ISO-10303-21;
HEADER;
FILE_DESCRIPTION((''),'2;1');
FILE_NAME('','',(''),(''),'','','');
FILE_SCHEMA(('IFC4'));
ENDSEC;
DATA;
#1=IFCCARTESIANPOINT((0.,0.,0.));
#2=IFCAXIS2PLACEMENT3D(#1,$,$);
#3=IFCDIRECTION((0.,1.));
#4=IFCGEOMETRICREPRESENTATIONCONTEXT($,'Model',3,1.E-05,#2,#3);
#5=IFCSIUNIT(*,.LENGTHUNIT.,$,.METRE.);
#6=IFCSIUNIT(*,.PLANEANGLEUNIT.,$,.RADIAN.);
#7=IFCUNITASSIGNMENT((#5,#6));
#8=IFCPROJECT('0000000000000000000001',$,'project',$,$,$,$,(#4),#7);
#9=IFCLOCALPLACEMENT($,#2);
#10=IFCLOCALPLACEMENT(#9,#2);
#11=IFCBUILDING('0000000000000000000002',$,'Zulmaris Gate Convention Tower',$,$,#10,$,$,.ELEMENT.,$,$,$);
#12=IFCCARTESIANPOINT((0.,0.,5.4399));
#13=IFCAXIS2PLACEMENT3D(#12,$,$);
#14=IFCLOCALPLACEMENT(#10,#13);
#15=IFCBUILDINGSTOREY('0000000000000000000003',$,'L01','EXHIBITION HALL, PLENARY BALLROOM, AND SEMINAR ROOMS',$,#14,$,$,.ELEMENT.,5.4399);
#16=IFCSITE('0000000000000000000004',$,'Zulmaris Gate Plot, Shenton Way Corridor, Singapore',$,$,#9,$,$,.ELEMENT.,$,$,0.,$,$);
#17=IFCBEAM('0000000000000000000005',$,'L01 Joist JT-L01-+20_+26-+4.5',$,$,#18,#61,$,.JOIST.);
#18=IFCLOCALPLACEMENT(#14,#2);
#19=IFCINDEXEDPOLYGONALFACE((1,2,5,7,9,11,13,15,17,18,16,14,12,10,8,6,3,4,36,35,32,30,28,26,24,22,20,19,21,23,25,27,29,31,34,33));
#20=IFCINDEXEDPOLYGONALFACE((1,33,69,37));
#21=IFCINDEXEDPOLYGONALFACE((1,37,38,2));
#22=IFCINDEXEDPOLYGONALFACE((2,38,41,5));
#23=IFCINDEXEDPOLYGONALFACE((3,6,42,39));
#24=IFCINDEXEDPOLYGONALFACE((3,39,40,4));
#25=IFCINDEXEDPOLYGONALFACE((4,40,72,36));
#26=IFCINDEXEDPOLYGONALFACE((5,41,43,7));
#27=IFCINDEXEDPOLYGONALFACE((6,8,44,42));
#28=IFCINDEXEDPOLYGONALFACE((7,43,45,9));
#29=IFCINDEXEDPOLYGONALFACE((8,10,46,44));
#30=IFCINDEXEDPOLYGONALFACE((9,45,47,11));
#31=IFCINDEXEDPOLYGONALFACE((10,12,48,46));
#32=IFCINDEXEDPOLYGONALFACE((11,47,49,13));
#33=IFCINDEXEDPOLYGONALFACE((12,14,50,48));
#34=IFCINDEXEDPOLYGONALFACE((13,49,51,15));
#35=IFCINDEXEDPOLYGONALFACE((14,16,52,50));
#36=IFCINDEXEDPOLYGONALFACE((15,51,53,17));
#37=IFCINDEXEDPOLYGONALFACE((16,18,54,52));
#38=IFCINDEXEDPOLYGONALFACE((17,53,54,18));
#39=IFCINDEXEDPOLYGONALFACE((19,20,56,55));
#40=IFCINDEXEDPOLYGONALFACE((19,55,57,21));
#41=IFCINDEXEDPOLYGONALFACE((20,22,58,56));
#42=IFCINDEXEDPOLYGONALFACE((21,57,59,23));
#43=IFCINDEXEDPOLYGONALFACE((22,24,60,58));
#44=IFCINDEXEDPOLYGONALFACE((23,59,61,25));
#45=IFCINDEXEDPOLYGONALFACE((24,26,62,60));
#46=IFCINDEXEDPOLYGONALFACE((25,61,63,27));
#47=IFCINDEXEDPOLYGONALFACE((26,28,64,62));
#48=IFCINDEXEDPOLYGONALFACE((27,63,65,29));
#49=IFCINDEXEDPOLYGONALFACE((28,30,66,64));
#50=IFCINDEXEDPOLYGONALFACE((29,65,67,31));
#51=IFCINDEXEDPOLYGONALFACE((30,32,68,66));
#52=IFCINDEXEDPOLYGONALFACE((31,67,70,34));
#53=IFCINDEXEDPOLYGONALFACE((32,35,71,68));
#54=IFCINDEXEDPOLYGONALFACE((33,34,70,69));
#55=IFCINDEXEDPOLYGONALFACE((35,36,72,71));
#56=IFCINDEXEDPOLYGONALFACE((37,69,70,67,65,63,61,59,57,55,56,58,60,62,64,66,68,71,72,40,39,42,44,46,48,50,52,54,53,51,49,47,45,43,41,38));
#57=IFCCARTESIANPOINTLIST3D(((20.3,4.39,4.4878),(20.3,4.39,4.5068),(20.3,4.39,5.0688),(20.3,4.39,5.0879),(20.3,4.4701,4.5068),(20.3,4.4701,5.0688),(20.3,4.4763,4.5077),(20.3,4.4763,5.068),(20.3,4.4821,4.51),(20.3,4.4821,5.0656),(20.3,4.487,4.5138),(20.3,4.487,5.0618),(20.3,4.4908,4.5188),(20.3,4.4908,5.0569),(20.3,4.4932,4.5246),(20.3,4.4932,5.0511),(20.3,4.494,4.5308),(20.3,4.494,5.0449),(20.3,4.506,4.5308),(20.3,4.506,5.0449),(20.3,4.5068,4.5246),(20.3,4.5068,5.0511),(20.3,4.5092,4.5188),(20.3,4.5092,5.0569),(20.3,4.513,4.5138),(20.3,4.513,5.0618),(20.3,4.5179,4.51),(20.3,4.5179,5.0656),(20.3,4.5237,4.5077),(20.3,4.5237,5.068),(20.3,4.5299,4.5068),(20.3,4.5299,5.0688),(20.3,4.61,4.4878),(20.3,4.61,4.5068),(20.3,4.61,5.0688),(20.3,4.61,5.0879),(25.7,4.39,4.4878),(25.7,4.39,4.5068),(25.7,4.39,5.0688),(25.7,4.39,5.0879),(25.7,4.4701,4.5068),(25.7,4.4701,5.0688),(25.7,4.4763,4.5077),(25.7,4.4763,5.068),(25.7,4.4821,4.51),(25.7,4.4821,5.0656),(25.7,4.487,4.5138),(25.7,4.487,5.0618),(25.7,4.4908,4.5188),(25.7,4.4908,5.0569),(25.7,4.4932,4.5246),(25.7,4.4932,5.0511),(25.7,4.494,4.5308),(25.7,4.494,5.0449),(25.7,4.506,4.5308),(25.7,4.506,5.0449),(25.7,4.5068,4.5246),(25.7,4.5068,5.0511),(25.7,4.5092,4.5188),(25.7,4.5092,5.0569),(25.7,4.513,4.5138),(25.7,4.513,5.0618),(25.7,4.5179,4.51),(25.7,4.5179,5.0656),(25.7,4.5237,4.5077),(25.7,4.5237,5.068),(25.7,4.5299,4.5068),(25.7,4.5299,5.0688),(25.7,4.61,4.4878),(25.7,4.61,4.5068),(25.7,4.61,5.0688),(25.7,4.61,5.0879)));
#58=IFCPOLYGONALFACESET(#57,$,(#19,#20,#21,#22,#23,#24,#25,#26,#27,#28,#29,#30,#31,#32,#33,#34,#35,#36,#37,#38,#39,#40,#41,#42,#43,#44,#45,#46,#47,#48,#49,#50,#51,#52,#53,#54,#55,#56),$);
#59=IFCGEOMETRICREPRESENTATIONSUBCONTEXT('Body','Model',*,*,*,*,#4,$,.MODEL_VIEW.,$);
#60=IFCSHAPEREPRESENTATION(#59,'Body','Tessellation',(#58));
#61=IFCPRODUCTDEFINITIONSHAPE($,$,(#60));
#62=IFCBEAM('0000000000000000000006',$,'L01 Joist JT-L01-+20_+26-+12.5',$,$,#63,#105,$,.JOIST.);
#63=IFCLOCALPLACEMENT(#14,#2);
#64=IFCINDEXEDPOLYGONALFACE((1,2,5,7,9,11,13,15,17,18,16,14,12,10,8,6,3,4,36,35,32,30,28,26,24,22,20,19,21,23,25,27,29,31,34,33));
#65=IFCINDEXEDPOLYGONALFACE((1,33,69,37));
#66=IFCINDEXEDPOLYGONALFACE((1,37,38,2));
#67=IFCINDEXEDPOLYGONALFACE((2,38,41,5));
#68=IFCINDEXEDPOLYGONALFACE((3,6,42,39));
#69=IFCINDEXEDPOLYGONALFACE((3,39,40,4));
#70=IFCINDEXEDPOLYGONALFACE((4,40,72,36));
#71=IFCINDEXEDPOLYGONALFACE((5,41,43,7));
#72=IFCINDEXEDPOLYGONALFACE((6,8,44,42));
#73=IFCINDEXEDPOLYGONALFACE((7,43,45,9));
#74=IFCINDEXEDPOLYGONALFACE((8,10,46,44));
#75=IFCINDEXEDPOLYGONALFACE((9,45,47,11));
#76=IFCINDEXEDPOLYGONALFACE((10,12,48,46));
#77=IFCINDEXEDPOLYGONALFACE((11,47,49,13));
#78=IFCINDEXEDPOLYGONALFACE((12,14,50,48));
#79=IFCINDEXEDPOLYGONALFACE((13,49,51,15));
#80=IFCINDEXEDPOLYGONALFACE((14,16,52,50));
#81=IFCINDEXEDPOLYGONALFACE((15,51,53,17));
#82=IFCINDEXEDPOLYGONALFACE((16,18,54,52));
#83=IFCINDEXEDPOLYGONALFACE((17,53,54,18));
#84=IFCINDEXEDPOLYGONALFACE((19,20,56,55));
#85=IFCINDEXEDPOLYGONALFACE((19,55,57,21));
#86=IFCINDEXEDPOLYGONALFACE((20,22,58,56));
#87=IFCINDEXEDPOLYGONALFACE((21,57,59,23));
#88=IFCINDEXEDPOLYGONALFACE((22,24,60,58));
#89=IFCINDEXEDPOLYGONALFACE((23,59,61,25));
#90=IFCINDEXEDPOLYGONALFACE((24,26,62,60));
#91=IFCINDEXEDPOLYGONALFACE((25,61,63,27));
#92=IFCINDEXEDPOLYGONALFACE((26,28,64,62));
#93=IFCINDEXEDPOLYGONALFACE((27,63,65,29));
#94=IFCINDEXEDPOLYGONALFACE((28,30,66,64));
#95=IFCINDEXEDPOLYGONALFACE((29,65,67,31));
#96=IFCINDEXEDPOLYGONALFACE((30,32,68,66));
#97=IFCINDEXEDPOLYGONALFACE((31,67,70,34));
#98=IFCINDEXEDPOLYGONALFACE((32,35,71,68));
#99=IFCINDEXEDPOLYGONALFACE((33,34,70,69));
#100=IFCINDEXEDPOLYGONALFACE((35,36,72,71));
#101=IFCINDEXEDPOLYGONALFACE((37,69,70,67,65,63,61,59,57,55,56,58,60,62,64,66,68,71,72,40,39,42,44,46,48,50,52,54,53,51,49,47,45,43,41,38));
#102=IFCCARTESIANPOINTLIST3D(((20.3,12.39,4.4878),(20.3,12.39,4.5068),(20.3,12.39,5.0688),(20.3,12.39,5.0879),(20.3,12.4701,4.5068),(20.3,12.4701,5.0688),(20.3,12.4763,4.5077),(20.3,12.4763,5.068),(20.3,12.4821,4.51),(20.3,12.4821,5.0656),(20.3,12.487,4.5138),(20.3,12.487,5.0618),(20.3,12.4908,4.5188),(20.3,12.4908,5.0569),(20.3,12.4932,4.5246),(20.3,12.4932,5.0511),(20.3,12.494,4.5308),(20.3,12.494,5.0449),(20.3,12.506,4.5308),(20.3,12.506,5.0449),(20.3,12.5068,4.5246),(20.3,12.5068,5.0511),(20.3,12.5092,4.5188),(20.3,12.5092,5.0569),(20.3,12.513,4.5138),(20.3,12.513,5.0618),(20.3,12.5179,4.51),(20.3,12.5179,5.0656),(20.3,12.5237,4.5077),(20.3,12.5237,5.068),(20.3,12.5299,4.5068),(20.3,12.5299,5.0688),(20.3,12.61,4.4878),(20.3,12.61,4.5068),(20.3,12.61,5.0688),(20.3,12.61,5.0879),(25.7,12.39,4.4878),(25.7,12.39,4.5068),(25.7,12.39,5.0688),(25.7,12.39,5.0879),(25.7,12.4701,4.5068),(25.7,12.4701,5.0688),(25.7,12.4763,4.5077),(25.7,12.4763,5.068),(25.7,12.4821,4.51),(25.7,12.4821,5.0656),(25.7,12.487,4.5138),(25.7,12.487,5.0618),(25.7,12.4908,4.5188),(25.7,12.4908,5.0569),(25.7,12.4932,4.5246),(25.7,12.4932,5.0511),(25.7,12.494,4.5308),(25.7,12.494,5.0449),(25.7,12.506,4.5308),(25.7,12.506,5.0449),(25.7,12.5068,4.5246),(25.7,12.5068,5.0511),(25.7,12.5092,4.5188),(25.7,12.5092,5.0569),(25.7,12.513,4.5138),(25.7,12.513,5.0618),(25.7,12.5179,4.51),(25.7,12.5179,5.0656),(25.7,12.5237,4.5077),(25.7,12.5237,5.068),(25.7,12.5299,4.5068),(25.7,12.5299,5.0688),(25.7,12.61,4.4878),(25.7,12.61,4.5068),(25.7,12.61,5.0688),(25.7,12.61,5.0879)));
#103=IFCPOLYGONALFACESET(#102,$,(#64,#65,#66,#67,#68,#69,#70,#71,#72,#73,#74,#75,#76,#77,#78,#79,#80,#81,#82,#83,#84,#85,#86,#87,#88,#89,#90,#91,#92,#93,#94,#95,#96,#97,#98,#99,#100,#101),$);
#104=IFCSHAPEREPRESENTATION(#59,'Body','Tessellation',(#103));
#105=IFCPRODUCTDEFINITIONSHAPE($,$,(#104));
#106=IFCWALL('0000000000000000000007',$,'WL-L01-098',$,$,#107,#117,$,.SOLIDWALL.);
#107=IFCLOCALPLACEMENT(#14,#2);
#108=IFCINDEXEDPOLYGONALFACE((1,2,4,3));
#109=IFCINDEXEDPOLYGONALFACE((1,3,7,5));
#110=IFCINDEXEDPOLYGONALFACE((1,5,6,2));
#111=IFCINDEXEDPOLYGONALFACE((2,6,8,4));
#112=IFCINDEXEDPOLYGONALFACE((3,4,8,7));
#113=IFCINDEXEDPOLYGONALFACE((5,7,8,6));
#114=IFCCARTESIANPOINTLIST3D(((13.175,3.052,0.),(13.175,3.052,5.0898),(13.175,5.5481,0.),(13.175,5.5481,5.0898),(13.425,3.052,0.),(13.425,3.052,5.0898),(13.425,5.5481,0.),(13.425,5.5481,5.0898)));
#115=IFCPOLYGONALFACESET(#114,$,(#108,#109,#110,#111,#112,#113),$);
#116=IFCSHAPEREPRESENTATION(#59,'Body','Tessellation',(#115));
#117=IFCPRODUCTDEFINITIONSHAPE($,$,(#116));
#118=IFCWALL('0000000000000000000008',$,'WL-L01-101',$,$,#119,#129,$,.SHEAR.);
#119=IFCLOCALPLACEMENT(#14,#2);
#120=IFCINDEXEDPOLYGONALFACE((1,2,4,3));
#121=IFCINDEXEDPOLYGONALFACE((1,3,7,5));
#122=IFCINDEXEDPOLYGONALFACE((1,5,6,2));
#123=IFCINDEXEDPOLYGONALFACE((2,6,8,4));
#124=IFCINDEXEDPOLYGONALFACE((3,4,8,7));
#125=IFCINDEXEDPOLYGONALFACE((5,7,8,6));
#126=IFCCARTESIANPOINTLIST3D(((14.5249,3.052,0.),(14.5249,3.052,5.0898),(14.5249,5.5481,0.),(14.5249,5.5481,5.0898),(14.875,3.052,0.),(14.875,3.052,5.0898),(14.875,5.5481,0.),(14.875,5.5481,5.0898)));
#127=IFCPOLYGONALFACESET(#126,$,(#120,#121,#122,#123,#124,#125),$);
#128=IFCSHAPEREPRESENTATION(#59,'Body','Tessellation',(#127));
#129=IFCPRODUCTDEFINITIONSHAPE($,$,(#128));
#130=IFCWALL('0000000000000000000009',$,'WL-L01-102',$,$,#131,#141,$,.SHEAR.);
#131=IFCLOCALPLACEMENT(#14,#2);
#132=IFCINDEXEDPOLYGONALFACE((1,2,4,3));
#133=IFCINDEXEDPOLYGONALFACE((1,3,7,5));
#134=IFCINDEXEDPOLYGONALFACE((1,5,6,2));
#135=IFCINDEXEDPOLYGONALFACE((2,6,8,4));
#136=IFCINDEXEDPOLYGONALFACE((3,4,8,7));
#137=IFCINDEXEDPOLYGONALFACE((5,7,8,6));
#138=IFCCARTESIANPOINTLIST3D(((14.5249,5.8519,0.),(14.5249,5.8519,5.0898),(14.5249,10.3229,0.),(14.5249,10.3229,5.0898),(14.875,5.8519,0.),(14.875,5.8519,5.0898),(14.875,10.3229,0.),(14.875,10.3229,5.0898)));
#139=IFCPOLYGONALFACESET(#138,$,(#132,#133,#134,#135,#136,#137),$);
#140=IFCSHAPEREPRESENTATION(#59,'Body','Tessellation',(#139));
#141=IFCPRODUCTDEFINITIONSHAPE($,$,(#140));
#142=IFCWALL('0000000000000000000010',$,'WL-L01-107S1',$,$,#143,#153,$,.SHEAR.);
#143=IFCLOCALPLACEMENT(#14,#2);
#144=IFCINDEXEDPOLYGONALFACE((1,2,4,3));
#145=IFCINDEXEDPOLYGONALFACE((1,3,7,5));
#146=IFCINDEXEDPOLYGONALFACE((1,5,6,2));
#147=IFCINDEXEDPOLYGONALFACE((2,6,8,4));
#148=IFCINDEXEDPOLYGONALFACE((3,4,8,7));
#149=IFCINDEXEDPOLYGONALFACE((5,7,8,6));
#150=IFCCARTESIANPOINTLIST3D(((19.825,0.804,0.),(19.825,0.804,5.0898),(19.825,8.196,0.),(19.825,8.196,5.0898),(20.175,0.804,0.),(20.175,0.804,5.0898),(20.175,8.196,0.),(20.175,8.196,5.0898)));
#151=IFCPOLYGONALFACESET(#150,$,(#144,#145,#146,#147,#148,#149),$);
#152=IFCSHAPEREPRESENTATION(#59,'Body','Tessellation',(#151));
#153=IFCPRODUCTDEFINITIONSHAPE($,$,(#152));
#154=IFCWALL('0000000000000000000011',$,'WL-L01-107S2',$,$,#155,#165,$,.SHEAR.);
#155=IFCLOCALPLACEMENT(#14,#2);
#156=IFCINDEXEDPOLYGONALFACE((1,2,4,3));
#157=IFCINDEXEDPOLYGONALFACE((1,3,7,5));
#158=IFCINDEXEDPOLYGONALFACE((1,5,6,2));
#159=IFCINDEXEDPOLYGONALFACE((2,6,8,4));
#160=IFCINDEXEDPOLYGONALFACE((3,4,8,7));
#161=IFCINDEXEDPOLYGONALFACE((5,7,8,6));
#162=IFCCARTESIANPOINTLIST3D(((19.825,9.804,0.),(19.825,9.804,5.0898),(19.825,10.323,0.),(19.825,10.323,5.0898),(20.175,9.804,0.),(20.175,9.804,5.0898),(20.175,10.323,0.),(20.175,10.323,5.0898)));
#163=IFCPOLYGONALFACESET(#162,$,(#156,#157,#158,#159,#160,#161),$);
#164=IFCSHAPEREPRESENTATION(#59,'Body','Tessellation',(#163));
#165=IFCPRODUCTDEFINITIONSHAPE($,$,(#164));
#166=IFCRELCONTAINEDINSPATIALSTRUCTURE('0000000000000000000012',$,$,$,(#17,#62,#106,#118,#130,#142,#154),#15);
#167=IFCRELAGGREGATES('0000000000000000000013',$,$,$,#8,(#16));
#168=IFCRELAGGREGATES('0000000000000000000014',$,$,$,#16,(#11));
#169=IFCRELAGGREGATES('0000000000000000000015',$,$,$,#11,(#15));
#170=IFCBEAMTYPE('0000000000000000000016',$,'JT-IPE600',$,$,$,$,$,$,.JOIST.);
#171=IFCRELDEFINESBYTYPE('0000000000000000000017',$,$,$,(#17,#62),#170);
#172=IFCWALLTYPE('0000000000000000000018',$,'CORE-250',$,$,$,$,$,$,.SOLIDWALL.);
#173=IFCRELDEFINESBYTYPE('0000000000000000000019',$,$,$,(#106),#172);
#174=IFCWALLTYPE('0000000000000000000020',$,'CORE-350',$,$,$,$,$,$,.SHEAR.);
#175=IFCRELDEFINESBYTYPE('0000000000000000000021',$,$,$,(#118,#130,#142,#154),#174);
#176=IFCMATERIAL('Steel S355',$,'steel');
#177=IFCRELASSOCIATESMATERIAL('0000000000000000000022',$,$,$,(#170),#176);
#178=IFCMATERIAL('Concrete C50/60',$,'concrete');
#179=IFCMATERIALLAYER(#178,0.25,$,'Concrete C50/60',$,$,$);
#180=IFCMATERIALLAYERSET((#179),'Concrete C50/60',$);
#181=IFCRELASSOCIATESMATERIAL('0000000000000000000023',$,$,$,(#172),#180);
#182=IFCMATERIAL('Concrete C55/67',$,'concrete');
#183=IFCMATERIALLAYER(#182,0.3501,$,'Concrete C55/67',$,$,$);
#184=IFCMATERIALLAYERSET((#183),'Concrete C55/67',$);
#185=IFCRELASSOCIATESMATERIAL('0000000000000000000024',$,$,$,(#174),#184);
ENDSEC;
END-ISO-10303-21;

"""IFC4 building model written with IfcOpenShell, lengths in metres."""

from ifc_helpers import new_model, si_unit, direction, frame, frame_2d, origin, origin_2d, place, context, subcontext, project, spatial, rectangle, i_section, extrude, material, layer, layer_set, material_profile, profile_set, type_object, element, save


model = new_model("IFC4")

# Units and contexts
model_context = context("Model", 3, precision=1e-05, world=origin(), true_north=direction((0.0, 1.0)))
body_context = subcontext(model_context, "Body", "Model", "MODEL_VIEW")
ifc_project = project(units=[si_unit("LENGTHUNIT", "METRE"), si_unit("PLANEANGLEUNIT", "RADIAN")], contexts=[model_context])

# Site, building, storey
site_placement = place(None, origin())
site = spatial("IfcSite", under=ifc_project, at=site_placement, Name="Zulmaris Gate Plot, Shenton Way Corridor, Singapore", CompositionType="ELEMENT", RefElevation=0.0)
building_placement = place(site_placement, origin())
building = spatial("IfcBuilding", under=site, at=building_placement, Name="Zulmaris Gate Convention Tower", CompositionType="ELEMENT")
storey_placement = place(building_placement, frame((0.0, 0.0, 5.4399)))
storey = spatial("IfcBuildingStorey", under=building, at=storey_placement, Name="L01", Description="EXHIBITION HALL, PLENARY BALLROOM, AND SEMINAR ROOMS", CompositionType="ELEMENT", Elevation=5.4399)

# Beams
ifc_material_1 = material(Name="Steel S355", Category="steel")
ifc_material_profile_1 = material_profile(ifc_material_1, i_section(OverallWidth=0.22, OverallDepth=0.6001, WebThickness=0.012, FlangeThickness=0.019, FilletRadius=0.0239, at=origin_2d()), Name="IPE 600")
ifc_profile_set_1 = profile_set([ifc_material_profile_1], Name="Steel S355")
beam_type_1 = type_object("IfcBeamType", Name="JT-IPE600", PredefinedType="JOIST", material=ifc_profile_set_1)
for number, where, z_axis, x_axis, name in (
    (1, (20.3, 4.5, 4.7878), (1.0, 0.0, 0.0), (0.0, 1.0, 0.0), "L01 Joist JT-L01-+20_+26-+4.5"),
    (2, (20.3, 12.5, 4.7878), (1.0, 0.0, 0.0), (0.0, 1.0, 0.0), "L01 Joist JT-L01-+20_+26-+12.5"),
):
    element("IfcBeam", number, at=place(storey_placement, frame(where, z_axis=z_axis, x_axis=x_axis)), inside=storey, type_object=beam_type_1, Name=name, PredefinedType="JOIST", context=body_context, shape_type="SweptSolid", body=[
        extrude(i_section(OverallWidth=0.22, OverallDepth=0.6001, WebThickness=0.012, FlangeThickness=0.019, FilletRadius=0.0239, at=origin_2d()), origin(), (0.0, 0.0, 1.0), 5.3999),
    ])

# Wall
ifc_material_2 = material(Name="Concrete C50/60", Category="concrete")
ifc_layer_1 = layer(ifc_material_2, 0.25, Name="Concrete C50/60")
ifc_layer_set_1 = layer_set([ifc_layer_1], Name="Concrete C50/60")
wall_type_1 = type_object("IfcWallType", Name="CORE-250", PredefinedType="SOLIDWALL", material=ifc_layer_set_1)
wall_1_placement = place(storey_placement, frame((13.3, 3.052, 0.0), z_axis=(0.0, 0.0, 1.0), x_axis=(0.0, 1.0, 0.0)))
element("IfcWall", 3, at=wall_1_placement, inside=storey, type_object=wall_type_1, Name="WL-L01-098", PredefinedType="SOLIDWALL", context=body_context, shape_type="SweptSolid", body=[
    extrude(rectangle(XDim=2.4961, YDim=0.25, at=frame_2d((1.248, 0.0))), origin(), (0.0, 0.0, 1.0), 5.0898),
])

# Shared definitions
ifc_material_3 = material(Name="Concrete C55/67", Category="concrete")
ifc_layer_2 = layer(ifc_material_3, 0.3501, Name="Concrete C55/67")
ifc_layer_set_2 = layer_set([ifc_layer_2], Name="Concrete C55/67")
wall_type_2 = type_object("IfcWallType", Name="CORE-350", PredefinedType="SHEAR", material=ifc_layer_set_2)

# Walls
wall_2_placement = place(storey_placement, frame((14.7, 3.052, 0.0), z_axis=(0.0, 0.0, 1.0), x_axis=(0.0, 1.0, 0.0)))
element("IfcWall", 4, at=wall_2_placement, inside=storey, type_object=wall_type_2, Name="WL-L01-101", PredefinedType="SHEAR", context=body_context, shape_type="SweptSolid", body=[
    extrude(rectangle(XDim=2.4961, YDim=0.3501, at=frame_2d((1.248, 0.0))), origin(), (0.0, 0.0, 1.0), 5.0898),
])
wall_3_placement = place(storey_placement, frame((14.7, 5.8521, 0.0), z_axis=(0.0, 0.0, 1.0), x_axis=(0.0, 1.0, 0.0)))
element("IfcWall", 5, at=wall_3_placement, inside=storey, type_object=wall_type_2, Name="WL-L01-102", PredefinedType="SHEAR", context=body_context, shape_type="SweptSolid", body=[
    extrude(rectangle(XDim=4.4709, YDim=0.3501, at=frame_2d((2.2354, 0.0))), origin(), (0.0, 0.0, 1.0), 5.0898),
])
wall_4_placement = place(storey_placement, frame((20.0, 0.804, 0.0), z_axis=(0.0, 0.0, 1.0), x_axis=(0.0, 1.0, 0.0)))
element("IfcWall", 6, at=wall_4_placement, inside=storey, type_object=wall_type_2, Name="WL-L01-107S1", PredefinedType="SHEAR", context=body_context, shape_type="SweptSolid", body=[
    extrude(rectangle(XDim=7.3921, YDim=0.3501, at=frame_2d((3.696, 0.0))), origin(), (0.0, 0.0, 1.0), 5.0898),
])
wall_5_placement = place(storey_placement, frame((20.0, 9.804, 0.0), z_axis=(0.0, 0.0, 1.0), x_axis=(0.0, 1.0, 0.0)))
element("IfcWall", 7, at=wall_5_placement, inside=storey, type_object=wall_type_2, Name="WL-L01-107S2", PredefinedType="SHEAR", context=body_context, shape_type="SweptSolid", body=[
    extrude(rectangle(XDim=0.519, YDim=0.3501, at=frame_2d((0.2595, 0.0))), origin(), (0.0, 0.0, 1.0), 5.0898),
])

save(model, "model.ifc")
